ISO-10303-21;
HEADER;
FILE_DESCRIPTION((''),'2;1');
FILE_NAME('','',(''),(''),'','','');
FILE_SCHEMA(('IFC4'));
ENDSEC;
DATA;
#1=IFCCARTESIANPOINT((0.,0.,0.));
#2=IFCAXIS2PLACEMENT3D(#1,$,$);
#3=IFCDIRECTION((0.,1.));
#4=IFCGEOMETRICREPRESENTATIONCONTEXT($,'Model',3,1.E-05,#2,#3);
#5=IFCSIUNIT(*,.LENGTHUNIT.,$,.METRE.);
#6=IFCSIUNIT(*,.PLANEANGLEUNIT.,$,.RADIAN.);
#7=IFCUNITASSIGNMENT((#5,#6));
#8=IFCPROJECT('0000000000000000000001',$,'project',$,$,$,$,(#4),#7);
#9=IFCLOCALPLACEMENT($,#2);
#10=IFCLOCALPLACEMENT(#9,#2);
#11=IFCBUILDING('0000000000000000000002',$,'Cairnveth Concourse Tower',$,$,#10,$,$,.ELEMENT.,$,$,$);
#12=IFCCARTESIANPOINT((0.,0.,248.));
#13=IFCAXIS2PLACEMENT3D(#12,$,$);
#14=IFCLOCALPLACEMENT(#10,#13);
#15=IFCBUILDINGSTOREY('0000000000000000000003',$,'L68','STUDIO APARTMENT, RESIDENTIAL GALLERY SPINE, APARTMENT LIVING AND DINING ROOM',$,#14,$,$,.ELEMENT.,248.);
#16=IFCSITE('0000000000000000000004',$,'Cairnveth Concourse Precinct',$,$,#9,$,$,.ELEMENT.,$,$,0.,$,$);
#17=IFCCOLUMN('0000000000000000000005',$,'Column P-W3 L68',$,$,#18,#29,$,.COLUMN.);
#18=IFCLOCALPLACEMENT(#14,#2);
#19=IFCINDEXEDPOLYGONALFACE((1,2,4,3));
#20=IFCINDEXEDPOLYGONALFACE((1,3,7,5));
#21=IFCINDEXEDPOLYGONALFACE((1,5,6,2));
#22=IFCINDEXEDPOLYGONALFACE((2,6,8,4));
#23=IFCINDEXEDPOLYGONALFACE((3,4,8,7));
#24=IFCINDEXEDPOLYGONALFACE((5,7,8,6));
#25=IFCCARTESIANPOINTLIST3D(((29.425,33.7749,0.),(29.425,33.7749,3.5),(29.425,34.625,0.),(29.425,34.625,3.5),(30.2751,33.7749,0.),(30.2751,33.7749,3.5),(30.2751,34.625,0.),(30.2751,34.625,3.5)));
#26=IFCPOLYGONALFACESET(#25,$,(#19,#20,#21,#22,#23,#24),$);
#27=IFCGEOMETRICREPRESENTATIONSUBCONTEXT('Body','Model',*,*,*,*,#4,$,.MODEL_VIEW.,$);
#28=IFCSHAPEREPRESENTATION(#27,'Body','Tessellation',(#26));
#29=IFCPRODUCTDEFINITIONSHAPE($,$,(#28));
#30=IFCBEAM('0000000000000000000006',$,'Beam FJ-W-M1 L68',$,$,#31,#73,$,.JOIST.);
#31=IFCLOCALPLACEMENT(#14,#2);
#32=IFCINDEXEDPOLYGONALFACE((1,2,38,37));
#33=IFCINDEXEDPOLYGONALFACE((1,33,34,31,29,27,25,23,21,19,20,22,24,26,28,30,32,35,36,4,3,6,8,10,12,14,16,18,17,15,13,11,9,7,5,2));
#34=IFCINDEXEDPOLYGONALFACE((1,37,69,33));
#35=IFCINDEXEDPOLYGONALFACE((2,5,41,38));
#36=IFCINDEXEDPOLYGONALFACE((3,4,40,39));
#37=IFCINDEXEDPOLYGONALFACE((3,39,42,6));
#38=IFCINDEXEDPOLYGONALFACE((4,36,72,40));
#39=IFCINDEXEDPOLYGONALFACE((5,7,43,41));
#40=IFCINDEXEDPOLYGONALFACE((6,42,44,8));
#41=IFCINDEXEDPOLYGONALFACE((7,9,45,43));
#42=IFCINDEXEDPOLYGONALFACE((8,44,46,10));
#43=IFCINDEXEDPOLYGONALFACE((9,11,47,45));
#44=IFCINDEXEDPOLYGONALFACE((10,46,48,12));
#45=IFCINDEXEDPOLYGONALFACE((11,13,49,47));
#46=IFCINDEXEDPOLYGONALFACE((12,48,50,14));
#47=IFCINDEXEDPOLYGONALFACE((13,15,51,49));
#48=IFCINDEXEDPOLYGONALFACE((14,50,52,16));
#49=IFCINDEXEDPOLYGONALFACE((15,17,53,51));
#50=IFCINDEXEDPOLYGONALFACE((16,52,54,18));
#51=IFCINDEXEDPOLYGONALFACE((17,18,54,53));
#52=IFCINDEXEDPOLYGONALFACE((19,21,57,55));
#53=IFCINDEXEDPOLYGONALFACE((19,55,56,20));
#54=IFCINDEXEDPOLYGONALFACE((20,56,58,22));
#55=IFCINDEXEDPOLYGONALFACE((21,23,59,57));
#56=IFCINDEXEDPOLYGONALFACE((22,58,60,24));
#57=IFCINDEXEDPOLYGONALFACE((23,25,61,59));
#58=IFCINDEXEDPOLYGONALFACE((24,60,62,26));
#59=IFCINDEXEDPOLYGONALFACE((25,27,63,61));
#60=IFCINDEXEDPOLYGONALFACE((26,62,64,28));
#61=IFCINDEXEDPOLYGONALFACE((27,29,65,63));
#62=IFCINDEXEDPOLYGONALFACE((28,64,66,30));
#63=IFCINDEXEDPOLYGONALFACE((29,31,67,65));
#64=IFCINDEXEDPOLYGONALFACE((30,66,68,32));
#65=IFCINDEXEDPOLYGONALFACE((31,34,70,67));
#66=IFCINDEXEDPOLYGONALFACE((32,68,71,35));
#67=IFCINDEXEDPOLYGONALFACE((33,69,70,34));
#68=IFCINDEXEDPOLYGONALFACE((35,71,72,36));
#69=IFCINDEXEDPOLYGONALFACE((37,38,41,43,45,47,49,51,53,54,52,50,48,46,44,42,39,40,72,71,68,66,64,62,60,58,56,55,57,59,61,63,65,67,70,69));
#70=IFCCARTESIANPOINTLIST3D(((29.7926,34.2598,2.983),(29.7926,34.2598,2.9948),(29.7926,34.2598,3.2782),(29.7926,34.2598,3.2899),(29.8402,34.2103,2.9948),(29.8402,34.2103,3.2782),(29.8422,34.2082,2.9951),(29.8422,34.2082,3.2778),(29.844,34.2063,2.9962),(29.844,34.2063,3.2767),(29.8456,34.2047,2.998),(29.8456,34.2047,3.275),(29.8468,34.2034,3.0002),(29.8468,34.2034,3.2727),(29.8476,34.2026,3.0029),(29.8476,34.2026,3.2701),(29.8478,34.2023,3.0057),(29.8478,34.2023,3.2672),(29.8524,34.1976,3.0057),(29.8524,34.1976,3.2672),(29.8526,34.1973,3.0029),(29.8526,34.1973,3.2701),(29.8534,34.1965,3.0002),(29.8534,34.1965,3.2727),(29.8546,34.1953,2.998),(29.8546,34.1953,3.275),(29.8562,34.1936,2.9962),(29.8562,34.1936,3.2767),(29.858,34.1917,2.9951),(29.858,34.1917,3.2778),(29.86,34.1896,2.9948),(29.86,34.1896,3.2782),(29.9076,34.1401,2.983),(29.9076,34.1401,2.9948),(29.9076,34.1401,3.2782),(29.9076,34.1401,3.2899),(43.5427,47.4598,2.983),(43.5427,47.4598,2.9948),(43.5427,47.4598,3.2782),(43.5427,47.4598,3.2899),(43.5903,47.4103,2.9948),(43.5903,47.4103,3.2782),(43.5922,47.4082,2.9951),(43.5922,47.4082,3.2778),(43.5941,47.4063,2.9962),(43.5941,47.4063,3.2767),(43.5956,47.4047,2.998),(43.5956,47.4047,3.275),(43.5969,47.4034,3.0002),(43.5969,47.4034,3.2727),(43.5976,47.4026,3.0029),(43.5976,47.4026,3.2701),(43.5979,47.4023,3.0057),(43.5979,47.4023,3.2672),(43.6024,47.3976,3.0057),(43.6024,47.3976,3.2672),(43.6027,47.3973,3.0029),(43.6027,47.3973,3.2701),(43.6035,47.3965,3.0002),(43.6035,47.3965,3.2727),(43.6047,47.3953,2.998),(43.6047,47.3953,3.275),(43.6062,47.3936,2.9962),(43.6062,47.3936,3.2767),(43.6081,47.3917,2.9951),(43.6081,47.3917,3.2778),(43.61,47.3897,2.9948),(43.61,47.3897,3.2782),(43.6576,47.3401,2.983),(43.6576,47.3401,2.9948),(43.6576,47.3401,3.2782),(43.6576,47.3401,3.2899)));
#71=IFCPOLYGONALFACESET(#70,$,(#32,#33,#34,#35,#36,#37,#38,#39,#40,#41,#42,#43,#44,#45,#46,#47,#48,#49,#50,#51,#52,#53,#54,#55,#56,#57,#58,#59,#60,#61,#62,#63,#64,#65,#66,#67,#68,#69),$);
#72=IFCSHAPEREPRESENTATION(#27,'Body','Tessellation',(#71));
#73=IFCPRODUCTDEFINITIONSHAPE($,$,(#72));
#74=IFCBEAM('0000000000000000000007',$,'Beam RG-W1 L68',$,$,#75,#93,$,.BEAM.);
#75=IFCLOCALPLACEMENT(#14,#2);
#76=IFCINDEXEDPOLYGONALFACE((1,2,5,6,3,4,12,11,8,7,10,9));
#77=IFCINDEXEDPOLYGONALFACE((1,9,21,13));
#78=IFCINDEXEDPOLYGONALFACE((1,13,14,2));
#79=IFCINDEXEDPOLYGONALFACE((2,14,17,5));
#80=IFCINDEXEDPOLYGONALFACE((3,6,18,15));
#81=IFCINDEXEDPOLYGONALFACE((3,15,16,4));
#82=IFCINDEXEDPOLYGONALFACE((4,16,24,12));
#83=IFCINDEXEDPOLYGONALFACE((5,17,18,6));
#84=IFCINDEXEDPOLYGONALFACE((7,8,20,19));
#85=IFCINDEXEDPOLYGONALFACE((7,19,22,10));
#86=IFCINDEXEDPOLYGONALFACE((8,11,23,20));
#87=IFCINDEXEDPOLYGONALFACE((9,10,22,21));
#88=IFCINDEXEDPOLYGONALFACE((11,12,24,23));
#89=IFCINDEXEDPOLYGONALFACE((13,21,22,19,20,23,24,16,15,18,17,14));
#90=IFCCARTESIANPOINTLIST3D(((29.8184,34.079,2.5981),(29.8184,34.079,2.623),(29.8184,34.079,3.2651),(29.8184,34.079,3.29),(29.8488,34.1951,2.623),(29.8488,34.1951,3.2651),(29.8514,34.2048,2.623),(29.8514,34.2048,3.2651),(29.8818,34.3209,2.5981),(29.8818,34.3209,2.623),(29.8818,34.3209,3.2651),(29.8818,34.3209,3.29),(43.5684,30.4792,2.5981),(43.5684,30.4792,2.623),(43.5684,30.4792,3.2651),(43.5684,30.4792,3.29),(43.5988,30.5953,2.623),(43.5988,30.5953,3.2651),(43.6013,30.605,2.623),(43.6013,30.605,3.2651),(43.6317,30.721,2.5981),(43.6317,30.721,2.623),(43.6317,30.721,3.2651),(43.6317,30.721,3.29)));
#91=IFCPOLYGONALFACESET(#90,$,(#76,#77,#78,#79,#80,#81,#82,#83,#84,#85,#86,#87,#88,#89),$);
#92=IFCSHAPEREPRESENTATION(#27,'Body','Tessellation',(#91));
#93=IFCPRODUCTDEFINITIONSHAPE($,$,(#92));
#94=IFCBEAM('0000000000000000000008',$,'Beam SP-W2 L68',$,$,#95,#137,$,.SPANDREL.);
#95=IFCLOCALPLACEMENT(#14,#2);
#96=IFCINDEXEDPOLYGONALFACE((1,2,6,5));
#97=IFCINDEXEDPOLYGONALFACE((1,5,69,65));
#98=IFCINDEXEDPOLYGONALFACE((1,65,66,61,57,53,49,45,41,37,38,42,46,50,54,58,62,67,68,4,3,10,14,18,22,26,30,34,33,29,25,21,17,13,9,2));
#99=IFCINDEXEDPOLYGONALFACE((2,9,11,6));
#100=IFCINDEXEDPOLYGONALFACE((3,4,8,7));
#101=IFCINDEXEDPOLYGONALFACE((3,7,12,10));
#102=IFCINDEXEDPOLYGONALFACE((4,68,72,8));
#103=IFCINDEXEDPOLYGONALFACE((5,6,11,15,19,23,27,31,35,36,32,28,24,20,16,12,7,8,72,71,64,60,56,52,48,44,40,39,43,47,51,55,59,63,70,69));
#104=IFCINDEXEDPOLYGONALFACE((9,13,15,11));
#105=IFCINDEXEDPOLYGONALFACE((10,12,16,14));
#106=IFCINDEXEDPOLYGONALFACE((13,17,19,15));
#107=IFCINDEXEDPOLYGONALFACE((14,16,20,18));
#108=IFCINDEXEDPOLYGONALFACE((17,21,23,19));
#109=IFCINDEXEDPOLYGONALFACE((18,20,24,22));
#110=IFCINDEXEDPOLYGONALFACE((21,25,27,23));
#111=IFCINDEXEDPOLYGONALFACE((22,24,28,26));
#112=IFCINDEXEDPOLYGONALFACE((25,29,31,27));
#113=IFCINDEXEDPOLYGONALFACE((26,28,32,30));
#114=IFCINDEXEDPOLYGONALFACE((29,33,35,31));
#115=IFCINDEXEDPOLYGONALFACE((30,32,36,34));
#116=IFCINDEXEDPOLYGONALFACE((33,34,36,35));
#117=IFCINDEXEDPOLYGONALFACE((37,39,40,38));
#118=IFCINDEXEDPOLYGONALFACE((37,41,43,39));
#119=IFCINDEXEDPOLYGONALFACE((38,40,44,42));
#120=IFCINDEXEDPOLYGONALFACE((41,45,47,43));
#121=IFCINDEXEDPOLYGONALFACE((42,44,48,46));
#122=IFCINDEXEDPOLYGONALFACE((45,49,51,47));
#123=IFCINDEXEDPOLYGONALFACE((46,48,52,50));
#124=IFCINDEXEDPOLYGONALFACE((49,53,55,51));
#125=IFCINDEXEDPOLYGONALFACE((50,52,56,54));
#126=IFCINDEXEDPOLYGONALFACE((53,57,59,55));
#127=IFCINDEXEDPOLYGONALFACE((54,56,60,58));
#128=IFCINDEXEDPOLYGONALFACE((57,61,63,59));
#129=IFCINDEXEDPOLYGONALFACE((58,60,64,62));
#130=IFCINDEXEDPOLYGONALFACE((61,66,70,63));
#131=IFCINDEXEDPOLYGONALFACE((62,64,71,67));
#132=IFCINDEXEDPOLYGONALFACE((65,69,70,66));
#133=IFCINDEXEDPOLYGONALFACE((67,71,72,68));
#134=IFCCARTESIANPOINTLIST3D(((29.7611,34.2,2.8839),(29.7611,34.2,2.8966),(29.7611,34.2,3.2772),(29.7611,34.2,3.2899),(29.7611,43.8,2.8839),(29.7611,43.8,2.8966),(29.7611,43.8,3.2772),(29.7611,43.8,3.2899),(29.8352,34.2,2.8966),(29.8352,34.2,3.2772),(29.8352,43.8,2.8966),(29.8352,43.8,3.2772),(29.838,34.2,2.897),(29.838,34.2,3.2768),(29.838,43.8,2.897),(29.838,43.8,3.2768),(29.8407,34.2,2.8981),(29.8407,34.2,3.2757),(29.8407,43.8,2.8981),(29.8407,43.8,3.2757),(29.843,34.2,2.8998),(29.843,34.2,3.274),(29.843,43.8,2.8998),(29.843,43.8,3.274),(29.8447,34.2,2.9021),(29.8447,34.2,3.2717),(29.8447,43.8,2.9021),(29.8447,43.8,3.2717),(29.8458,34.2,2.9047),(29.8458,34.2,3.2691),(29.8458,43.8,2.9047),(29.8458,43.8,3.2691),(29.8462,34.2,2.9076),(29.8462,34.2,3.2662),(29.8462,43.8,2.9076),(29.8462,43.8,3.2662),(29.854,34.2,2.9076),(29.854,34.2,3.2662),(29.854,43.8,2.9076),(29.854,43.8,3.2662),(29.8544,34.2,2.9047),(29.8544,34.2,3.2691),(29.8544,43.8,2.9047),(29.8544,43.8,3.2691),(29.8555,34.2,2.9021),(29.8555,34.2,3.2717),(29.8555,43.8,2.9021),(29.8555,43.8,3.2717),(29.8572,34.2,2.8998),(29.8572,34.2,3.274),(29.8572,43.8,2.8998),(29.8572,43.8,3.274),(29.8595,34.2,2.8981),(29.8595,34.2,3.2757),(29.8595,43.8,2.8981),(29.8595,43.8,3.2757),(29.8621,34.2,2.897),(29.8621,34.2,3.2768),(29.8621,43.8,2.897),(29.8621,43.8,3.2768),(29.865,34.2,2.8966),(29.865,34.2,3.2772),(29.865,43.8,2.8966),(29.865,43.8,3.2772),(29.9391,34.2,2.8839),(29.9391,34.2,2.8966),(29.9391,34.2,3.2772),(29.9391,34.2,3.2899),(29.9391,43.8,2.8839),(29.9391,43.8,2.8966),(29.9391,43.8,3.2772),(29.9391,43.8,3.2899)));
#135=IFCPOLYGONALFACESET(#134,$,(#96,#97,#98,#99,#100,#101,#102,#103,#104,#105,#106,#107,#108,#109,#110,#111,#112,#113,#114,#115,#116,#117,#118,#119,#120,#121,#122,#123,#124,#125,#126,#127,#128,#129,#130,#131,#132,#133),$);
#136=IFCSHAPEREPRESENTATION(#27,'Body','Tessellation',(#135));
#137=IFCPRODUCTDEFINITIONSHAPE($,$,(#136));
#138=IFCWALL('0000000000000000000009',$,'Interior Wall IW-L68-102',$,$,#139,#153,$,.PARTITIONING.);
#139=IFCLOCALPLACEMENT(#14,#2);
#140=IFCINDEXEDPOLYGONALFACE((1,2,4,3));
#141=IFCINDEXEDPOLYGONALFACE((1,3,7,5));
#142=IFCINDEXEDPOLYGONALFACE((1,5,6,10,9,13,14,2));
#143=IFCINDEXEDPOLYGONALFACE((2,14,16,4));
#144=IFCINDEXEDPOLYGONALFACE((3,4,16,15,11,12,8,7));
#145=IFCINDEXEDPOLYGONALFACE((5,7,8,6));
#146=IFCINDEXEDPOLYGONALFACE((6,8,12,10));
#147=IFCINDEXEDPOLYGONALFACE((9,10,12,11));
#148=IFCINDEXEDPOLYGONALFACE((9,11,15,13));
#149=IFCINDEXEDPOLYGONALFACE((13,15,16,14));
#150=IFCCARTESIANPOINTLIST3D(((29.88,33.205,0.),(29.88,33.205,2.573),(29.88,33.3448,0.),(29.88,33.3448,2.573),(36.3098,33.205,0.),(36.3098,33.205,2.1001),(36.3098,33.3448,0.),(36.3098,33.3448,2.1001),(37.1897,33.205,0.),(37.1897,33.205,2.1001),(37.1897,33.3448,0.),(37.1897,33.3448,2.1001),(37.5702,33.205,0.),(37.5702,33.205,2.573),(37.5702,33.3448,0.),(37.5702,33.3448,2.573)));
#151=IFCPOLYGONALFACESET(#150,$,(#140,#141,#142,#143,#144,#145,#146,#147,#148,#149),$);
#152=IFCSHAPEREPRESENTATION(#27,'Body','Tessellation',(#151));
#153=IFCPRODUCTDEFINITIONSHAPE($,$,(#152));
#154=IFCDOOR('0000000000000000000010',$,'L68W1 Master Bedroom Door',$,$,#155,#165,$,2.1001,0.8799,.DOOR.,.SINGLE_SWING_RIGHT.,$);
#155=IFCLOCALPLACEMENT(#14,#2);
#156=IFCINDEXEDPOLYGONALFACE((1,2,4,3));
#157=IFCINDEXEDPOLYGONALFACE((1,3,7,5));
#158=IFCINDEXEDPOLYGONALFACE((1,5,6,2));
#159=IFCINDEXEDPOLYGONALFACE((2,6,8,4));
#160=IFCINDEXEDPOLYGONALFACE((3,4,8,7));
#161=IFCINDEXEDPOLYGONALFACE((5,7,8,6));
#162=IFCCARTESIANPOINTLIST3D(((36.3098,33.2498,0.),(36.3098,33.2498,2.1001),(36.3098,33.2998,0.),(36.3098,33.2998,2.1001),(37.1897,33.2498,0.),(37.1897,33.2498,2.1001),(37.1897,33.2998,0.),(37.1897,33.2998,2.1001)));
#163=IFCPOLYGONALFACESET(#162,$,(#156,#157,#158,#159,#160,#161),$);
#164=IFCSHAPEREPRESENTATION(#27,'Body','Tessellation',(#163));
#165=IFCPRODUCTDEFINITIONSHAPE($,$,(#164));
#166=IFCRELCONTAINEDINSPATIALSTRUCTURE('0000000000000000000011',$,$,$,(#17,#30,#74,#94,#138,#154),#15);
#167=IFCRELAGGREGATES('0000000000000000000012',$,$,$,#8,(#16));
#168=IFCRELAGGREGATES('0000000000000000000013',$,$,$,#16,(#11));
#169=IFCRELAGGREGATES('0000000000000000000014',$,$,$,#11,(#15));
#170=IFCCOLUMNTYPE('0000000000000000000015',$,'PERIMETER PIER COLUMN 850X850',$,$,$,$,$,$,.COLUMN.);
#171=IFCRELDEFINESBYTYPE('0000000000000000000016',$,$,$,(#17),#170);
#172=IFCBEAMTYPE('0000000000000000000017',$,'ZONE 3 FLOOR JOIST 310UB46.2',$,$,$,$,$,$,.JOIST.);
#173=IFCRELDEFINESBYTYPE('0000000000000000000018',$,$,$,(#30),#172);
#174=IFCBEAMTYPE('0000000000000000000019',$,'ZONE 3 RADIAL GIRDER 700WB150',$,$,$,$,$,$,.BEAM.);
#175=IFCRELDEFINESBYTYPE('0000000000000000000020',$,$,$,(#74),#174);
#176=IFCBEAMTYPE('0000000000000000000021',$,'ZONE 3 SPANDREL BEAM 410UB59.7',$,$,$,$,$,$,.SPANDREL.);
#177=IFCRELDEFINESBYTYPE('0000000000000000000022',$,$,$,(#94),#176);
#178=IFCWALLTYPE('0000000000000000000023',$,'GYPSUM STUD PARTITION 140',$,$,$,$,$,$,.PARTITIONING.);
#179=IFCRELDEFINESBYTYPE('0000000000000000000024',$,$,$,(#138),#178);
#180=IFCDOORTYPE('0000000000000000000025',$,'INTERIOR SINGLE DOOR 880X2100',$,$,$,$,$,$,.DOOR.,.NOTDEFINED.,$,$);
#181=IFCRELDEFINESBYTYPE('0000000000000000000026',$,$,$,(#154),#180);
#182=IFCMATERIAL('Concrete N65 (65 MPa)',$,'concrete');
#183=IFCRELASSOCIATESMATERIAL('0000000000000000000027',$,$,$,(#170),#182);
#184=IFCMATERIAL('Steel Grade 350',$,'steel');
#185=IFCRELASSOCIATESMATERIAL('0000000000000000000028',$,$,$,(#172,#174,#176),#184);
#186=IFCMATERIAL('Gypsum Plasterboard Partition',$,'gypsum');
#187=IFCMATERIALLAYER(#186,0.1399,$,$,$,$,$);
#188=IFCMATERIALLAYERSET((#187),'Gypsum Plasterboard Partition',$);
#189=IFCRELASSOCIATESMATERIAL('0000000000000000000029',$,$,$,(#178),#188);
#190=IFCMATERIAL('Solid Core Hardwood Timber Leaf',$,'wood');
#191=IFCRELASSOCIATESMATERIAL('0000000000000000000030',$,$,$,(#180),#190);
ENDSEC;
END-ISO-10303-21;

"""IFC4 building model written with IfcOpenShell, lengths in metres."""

from ifc_helpers import new_model, si_unit, direction, frame, frame_2d, origin, origin_2d, place, context, subcontext, project, spatial, rectangle, i_section, extrude, material, layer, layer_set, material_profile, profile_set, type_object, element, fill, save


model = new_model("IFC4")

# Units and contexts
model_context = context("Model", 3, precision=1e-05, world=origin(), true_north=direction((0.0, 1.0)))
body_context = subcontext(model_context, "Body", "Model", "MODEL_VIEW")
ifc_project = project(units=[si_unit("LENGTHUNIT", "METRE"), si_unit("PLANEANGLEUNIT", "RADIAN")], contexts=[model_context])

# Site, building, storey
site_placement = place(None, origin())
site = spatial("IfcSite", under=ifc_project, at=site_placement, Name="Cairnveth Concourse Precinct", CompositionType="ELEMENT", RefElevation=0.0)
building_placement = place(site_placement, origin())
building = spatial("IfcBuilding", under=site, at=building_placement, Name="Cairnveth Concourse Tower", CompositionType="ELEMENT")
storey_placement = place(building_placement, frame((0.0, 0.0, 248.0)))
storey = spatial("IfcBuildingStorey", under=building, at=storey_placement, Name="L68", Description="STUDIO APARTMENT, RESIDENTIAL GALLERY SPINE, APARTMENT LIVING AND DINING ROOM", CompositionType="ELEMENT", Elevation=248.0)

# Column
ifc_material_1 = material(Name="Concrete N65 (65 MPa)", Category="concrete")
ifc_material_profile_1 = material_profile(ifc_material_1, rectangle(XDim=0.8501, YDim=0.8501, at=origin_2d()), Name="RC-COL-850x850")
ifc_profile_set_1 = profile_set([ifc_material_profile_1], Name="Concrete N65 (65 MPa)")
column_type = type_object("IfcColumnType", Name="PERIMETER PIER COLUMN 850X850", PredefinedType="COLUMN", material=ifc_profile_set_1)
column_placement = place(storey_placement, frame((29.8501, 34.2, 0.0), z_axis=(0.0, 0.0, 1.0), x_axis=(0.0, 1.0, 0.0)))
element("IfcColumn", 1, at=column_placement, inside=storey, type_object=column_type, Name="Column P-W3 L68", PredefinedType="COLUMN", context=body_context, shape_type="SweptSolid", body=[
    extrude(rectangle(XDim=0.8501, YDim=0.8501, at=origin_2d()), origin(), (0.0, 0.0, 1.0), 3.5),
])

# Beams
ifc_material_2 = material(Name="Steel Grade 350", Category="steel")
ifc_material_profile_2 = material_profile(ifc_material_2, i_section(OverallWidth=0.166, OverallDepth=0.3069, WebThickness=0.0066, FlangeThickness=0.0117, FilletRadius=0.011, at=origin_2d()), Name="310UB46.2")
ifc_profile_set_2 = profile_set([ifc_material_profile_2], Name="Steel Grade 350")
beam_type_1 = type_object("IfcBeamType", Name="ZONE 3 FLOOR JOIST 310UB46.2", PredefinedType="JOIST", material=ifc_profile_set_2)
beam_1_placement = place(storey_placement, frame((29.8501, 34.2, 3.1365), z_axis=(0.721389, 0.69253, 0.0), x_axis=(-0.69253, 0.721389, 0.0)))
element("IfcBeam", 2, at=beam_1_placement, inside=storey, type_object=beam_type_1, Name="Beam FJ-W-M1 L68", PredefinedType="JOIST", context=body_context, shape_type="SweptSolid", body=[
    extrude(i_section(OverallWidth=0.166, OverallDepth=0.3069, WebThickness=0.0066, FlangeThickness=0.0117, FilletRadius=0.011, at=origin_2d()), origin(), (0.0, 0.0, 1.0), 19.0605),
])
ifc_material_profile_3 = material_profile(ifc_material_2, i_section(OverallWidth=0.25, OverallDepth=0.6919, WebThickness=0.01, FlangeThickness=0.0249, at=origin_2d()), Name="700WB150")
ifc_profile_set_3 = profile_set([ifc_material_profile_3], Name="Steel Grade 350")
beam_type_2 = type_object("IfcBeamType", Name="ZONE 3 RADIAL GIRDER 700WB150", PredefinedType="BEAM", material=ifc_profile_set_3)
beam_2_placement = place(storey_placement, frame((29.8501, 34.2, 2.9441), z_axis=(0.967395, -0.253271, 0.0), x_axis=(0.253271, 0.967395, 0.0)))
element("IfcBeam", 3, at=beam_2_placement, inside=storey, type_object=beam_type_2, Name="Beam RG-W1 L68", PredefinedType="BEAM", context=body_context, shape_type="SweptSolid", body=[
    extrude(i_section(OverallWidth=0.25, OverallDepth=0.6919, WebThickness=0.01, FlangeThickness=0.0249, at=origin_2d()), origin(), (0.0, 0.0, 1.0), 14.2134),
])
ifc_material_profile_4 = material_profile(ifc_material_2, i_section(OverallWidth=0.178, OverallDepth=0.406, WebThickness=0.0078, FlangeThickness=0.0127, FilletRadius=0.011, at=origin_2d()), Name="410UB59.7")
ifc_profile_set_4 = profile_set([ifc_material_profile_4], Name="Steel Grade 350")
beam_type_3 = type_object("IfcBeamType", Name="ZONE 3 SPANDREL BEAM 410UB59.7", PredefinedType="SPANDREL", material=ifc_profile_set_4)
beam_3_placement = place(storey_placement, frame((29.8501, 34.2, 3.0869), z_axis=(0.0, 1.0, 0.0), x_axis=(-1.0, 0.0, 0.0)))
element("IfcBeam", 4, at=beam_3_placement, inside=storey, type_object=beam_type_3, Name="Beam SP-W2 L68", PredefinedType="SPANDREL", context=body_context, shape_type="SweptSolid", body=[
    extrude(i_section(OverallWidth=0.178, OverallDepth=0.406, WebThickness=0.0078, FlangeThickness=0.0127, FilletRadius=0.011, at=origin_2d()), origin(), (0.0, 0.0, 1.0), 9.6001),
])

# Wall, opening, door
ifc_material_3 = material(Name="Gypsum Plasterboard Partition", Category="gypsum")
ifc_layer_1 = layer(ifc_material_3, 0.1399)
ifc_layer_set_1 = layer_set([ifc_layer_1], Name="Gypsum Plasterboard Partition")
wall_type_1 = type_object("IfcWallType", Name="GYPSUM STUD PARTITION 140", PredefinedType="PARTITIONING", material=ifc_layer_set_1)
wall_1_placement = place(storey_placement, frame((29.8799, 33.2749, 0.0), z_axis=(0.0, 0.0, 1.0), x_axis=(1.0, 0.0, 0.0)))
wall_1 = element("IfcWall", 5, at=wall_1_placement, inside=storey, type_object=wall_type_1, Name="Interior Wall IW-L68-102", PredefinedType="PARTITIONING", context=body_context, shape_type="SweptSolid", body=[
    extrude(rectangle(XDim=7.6902, YDim=0.1399, at=frame_2d((3.8452, 0.0))), origin(), (0.0, 0.0, 1.0), 2.573),
])
opening_1_placement = place(wall_1_placement, frame((6.4299, 0.0, 0.0)))
opening_1 = element("IfcOpeningElement", 6, at=opening_1_placement, cuts=wall_1, PredefinedType="OPENING", context=body_context, shape_type="SweptSolid", body=[
    extrude(rectangle(XDim=0.8799, YDim=2.1001, at=frame_2d((0.4399, 1.05))), frame((0.0, 0.0798, 0.0), z_axis=(0.0, -1.0, 0.0), x_axis=(1.0, 0.0, 0.0)), (0.0, 0.0, 1.0), 0.1599),
])
ifc_material_4 = material(Name="Solid Core Hardwood Timber Leaf", Category="wood")
door_type = type_object("IfcDoorType", Name="INTERIOR SINGLE DOOR 880X2100", OperationType="NOTDEFINED", PredefinedType="DOOR", material=ifc_material_4)
door_placement = place(opening_1_placement, origin())
door = element("IfcDoor", 7, at=door_placement, inside=storey, type_object=door_type, Name="L68W1 Master Bedroom Door", OperationType="SINGLE_SWING_RIGHT", OverallHeight=2.1001, OverallWidth=0.8799, PredefinedType="DOOR", context=body_context, shape_type="SweptSolid", body=[
    extrude(rectangle(XDim=0.8799, YDim=2.1001, at=frame_2d((0.4399, 1.05))), frame((0.0, 0.0249, 0.0), z_axis=(0.0, -1.0, 0.0), x_axis=(1.0, 0.0, 0.0)), (0.0, 0.0, 1.0), 0.05),
])
fill(opening_1, door)

save(model, "model.ifc")
